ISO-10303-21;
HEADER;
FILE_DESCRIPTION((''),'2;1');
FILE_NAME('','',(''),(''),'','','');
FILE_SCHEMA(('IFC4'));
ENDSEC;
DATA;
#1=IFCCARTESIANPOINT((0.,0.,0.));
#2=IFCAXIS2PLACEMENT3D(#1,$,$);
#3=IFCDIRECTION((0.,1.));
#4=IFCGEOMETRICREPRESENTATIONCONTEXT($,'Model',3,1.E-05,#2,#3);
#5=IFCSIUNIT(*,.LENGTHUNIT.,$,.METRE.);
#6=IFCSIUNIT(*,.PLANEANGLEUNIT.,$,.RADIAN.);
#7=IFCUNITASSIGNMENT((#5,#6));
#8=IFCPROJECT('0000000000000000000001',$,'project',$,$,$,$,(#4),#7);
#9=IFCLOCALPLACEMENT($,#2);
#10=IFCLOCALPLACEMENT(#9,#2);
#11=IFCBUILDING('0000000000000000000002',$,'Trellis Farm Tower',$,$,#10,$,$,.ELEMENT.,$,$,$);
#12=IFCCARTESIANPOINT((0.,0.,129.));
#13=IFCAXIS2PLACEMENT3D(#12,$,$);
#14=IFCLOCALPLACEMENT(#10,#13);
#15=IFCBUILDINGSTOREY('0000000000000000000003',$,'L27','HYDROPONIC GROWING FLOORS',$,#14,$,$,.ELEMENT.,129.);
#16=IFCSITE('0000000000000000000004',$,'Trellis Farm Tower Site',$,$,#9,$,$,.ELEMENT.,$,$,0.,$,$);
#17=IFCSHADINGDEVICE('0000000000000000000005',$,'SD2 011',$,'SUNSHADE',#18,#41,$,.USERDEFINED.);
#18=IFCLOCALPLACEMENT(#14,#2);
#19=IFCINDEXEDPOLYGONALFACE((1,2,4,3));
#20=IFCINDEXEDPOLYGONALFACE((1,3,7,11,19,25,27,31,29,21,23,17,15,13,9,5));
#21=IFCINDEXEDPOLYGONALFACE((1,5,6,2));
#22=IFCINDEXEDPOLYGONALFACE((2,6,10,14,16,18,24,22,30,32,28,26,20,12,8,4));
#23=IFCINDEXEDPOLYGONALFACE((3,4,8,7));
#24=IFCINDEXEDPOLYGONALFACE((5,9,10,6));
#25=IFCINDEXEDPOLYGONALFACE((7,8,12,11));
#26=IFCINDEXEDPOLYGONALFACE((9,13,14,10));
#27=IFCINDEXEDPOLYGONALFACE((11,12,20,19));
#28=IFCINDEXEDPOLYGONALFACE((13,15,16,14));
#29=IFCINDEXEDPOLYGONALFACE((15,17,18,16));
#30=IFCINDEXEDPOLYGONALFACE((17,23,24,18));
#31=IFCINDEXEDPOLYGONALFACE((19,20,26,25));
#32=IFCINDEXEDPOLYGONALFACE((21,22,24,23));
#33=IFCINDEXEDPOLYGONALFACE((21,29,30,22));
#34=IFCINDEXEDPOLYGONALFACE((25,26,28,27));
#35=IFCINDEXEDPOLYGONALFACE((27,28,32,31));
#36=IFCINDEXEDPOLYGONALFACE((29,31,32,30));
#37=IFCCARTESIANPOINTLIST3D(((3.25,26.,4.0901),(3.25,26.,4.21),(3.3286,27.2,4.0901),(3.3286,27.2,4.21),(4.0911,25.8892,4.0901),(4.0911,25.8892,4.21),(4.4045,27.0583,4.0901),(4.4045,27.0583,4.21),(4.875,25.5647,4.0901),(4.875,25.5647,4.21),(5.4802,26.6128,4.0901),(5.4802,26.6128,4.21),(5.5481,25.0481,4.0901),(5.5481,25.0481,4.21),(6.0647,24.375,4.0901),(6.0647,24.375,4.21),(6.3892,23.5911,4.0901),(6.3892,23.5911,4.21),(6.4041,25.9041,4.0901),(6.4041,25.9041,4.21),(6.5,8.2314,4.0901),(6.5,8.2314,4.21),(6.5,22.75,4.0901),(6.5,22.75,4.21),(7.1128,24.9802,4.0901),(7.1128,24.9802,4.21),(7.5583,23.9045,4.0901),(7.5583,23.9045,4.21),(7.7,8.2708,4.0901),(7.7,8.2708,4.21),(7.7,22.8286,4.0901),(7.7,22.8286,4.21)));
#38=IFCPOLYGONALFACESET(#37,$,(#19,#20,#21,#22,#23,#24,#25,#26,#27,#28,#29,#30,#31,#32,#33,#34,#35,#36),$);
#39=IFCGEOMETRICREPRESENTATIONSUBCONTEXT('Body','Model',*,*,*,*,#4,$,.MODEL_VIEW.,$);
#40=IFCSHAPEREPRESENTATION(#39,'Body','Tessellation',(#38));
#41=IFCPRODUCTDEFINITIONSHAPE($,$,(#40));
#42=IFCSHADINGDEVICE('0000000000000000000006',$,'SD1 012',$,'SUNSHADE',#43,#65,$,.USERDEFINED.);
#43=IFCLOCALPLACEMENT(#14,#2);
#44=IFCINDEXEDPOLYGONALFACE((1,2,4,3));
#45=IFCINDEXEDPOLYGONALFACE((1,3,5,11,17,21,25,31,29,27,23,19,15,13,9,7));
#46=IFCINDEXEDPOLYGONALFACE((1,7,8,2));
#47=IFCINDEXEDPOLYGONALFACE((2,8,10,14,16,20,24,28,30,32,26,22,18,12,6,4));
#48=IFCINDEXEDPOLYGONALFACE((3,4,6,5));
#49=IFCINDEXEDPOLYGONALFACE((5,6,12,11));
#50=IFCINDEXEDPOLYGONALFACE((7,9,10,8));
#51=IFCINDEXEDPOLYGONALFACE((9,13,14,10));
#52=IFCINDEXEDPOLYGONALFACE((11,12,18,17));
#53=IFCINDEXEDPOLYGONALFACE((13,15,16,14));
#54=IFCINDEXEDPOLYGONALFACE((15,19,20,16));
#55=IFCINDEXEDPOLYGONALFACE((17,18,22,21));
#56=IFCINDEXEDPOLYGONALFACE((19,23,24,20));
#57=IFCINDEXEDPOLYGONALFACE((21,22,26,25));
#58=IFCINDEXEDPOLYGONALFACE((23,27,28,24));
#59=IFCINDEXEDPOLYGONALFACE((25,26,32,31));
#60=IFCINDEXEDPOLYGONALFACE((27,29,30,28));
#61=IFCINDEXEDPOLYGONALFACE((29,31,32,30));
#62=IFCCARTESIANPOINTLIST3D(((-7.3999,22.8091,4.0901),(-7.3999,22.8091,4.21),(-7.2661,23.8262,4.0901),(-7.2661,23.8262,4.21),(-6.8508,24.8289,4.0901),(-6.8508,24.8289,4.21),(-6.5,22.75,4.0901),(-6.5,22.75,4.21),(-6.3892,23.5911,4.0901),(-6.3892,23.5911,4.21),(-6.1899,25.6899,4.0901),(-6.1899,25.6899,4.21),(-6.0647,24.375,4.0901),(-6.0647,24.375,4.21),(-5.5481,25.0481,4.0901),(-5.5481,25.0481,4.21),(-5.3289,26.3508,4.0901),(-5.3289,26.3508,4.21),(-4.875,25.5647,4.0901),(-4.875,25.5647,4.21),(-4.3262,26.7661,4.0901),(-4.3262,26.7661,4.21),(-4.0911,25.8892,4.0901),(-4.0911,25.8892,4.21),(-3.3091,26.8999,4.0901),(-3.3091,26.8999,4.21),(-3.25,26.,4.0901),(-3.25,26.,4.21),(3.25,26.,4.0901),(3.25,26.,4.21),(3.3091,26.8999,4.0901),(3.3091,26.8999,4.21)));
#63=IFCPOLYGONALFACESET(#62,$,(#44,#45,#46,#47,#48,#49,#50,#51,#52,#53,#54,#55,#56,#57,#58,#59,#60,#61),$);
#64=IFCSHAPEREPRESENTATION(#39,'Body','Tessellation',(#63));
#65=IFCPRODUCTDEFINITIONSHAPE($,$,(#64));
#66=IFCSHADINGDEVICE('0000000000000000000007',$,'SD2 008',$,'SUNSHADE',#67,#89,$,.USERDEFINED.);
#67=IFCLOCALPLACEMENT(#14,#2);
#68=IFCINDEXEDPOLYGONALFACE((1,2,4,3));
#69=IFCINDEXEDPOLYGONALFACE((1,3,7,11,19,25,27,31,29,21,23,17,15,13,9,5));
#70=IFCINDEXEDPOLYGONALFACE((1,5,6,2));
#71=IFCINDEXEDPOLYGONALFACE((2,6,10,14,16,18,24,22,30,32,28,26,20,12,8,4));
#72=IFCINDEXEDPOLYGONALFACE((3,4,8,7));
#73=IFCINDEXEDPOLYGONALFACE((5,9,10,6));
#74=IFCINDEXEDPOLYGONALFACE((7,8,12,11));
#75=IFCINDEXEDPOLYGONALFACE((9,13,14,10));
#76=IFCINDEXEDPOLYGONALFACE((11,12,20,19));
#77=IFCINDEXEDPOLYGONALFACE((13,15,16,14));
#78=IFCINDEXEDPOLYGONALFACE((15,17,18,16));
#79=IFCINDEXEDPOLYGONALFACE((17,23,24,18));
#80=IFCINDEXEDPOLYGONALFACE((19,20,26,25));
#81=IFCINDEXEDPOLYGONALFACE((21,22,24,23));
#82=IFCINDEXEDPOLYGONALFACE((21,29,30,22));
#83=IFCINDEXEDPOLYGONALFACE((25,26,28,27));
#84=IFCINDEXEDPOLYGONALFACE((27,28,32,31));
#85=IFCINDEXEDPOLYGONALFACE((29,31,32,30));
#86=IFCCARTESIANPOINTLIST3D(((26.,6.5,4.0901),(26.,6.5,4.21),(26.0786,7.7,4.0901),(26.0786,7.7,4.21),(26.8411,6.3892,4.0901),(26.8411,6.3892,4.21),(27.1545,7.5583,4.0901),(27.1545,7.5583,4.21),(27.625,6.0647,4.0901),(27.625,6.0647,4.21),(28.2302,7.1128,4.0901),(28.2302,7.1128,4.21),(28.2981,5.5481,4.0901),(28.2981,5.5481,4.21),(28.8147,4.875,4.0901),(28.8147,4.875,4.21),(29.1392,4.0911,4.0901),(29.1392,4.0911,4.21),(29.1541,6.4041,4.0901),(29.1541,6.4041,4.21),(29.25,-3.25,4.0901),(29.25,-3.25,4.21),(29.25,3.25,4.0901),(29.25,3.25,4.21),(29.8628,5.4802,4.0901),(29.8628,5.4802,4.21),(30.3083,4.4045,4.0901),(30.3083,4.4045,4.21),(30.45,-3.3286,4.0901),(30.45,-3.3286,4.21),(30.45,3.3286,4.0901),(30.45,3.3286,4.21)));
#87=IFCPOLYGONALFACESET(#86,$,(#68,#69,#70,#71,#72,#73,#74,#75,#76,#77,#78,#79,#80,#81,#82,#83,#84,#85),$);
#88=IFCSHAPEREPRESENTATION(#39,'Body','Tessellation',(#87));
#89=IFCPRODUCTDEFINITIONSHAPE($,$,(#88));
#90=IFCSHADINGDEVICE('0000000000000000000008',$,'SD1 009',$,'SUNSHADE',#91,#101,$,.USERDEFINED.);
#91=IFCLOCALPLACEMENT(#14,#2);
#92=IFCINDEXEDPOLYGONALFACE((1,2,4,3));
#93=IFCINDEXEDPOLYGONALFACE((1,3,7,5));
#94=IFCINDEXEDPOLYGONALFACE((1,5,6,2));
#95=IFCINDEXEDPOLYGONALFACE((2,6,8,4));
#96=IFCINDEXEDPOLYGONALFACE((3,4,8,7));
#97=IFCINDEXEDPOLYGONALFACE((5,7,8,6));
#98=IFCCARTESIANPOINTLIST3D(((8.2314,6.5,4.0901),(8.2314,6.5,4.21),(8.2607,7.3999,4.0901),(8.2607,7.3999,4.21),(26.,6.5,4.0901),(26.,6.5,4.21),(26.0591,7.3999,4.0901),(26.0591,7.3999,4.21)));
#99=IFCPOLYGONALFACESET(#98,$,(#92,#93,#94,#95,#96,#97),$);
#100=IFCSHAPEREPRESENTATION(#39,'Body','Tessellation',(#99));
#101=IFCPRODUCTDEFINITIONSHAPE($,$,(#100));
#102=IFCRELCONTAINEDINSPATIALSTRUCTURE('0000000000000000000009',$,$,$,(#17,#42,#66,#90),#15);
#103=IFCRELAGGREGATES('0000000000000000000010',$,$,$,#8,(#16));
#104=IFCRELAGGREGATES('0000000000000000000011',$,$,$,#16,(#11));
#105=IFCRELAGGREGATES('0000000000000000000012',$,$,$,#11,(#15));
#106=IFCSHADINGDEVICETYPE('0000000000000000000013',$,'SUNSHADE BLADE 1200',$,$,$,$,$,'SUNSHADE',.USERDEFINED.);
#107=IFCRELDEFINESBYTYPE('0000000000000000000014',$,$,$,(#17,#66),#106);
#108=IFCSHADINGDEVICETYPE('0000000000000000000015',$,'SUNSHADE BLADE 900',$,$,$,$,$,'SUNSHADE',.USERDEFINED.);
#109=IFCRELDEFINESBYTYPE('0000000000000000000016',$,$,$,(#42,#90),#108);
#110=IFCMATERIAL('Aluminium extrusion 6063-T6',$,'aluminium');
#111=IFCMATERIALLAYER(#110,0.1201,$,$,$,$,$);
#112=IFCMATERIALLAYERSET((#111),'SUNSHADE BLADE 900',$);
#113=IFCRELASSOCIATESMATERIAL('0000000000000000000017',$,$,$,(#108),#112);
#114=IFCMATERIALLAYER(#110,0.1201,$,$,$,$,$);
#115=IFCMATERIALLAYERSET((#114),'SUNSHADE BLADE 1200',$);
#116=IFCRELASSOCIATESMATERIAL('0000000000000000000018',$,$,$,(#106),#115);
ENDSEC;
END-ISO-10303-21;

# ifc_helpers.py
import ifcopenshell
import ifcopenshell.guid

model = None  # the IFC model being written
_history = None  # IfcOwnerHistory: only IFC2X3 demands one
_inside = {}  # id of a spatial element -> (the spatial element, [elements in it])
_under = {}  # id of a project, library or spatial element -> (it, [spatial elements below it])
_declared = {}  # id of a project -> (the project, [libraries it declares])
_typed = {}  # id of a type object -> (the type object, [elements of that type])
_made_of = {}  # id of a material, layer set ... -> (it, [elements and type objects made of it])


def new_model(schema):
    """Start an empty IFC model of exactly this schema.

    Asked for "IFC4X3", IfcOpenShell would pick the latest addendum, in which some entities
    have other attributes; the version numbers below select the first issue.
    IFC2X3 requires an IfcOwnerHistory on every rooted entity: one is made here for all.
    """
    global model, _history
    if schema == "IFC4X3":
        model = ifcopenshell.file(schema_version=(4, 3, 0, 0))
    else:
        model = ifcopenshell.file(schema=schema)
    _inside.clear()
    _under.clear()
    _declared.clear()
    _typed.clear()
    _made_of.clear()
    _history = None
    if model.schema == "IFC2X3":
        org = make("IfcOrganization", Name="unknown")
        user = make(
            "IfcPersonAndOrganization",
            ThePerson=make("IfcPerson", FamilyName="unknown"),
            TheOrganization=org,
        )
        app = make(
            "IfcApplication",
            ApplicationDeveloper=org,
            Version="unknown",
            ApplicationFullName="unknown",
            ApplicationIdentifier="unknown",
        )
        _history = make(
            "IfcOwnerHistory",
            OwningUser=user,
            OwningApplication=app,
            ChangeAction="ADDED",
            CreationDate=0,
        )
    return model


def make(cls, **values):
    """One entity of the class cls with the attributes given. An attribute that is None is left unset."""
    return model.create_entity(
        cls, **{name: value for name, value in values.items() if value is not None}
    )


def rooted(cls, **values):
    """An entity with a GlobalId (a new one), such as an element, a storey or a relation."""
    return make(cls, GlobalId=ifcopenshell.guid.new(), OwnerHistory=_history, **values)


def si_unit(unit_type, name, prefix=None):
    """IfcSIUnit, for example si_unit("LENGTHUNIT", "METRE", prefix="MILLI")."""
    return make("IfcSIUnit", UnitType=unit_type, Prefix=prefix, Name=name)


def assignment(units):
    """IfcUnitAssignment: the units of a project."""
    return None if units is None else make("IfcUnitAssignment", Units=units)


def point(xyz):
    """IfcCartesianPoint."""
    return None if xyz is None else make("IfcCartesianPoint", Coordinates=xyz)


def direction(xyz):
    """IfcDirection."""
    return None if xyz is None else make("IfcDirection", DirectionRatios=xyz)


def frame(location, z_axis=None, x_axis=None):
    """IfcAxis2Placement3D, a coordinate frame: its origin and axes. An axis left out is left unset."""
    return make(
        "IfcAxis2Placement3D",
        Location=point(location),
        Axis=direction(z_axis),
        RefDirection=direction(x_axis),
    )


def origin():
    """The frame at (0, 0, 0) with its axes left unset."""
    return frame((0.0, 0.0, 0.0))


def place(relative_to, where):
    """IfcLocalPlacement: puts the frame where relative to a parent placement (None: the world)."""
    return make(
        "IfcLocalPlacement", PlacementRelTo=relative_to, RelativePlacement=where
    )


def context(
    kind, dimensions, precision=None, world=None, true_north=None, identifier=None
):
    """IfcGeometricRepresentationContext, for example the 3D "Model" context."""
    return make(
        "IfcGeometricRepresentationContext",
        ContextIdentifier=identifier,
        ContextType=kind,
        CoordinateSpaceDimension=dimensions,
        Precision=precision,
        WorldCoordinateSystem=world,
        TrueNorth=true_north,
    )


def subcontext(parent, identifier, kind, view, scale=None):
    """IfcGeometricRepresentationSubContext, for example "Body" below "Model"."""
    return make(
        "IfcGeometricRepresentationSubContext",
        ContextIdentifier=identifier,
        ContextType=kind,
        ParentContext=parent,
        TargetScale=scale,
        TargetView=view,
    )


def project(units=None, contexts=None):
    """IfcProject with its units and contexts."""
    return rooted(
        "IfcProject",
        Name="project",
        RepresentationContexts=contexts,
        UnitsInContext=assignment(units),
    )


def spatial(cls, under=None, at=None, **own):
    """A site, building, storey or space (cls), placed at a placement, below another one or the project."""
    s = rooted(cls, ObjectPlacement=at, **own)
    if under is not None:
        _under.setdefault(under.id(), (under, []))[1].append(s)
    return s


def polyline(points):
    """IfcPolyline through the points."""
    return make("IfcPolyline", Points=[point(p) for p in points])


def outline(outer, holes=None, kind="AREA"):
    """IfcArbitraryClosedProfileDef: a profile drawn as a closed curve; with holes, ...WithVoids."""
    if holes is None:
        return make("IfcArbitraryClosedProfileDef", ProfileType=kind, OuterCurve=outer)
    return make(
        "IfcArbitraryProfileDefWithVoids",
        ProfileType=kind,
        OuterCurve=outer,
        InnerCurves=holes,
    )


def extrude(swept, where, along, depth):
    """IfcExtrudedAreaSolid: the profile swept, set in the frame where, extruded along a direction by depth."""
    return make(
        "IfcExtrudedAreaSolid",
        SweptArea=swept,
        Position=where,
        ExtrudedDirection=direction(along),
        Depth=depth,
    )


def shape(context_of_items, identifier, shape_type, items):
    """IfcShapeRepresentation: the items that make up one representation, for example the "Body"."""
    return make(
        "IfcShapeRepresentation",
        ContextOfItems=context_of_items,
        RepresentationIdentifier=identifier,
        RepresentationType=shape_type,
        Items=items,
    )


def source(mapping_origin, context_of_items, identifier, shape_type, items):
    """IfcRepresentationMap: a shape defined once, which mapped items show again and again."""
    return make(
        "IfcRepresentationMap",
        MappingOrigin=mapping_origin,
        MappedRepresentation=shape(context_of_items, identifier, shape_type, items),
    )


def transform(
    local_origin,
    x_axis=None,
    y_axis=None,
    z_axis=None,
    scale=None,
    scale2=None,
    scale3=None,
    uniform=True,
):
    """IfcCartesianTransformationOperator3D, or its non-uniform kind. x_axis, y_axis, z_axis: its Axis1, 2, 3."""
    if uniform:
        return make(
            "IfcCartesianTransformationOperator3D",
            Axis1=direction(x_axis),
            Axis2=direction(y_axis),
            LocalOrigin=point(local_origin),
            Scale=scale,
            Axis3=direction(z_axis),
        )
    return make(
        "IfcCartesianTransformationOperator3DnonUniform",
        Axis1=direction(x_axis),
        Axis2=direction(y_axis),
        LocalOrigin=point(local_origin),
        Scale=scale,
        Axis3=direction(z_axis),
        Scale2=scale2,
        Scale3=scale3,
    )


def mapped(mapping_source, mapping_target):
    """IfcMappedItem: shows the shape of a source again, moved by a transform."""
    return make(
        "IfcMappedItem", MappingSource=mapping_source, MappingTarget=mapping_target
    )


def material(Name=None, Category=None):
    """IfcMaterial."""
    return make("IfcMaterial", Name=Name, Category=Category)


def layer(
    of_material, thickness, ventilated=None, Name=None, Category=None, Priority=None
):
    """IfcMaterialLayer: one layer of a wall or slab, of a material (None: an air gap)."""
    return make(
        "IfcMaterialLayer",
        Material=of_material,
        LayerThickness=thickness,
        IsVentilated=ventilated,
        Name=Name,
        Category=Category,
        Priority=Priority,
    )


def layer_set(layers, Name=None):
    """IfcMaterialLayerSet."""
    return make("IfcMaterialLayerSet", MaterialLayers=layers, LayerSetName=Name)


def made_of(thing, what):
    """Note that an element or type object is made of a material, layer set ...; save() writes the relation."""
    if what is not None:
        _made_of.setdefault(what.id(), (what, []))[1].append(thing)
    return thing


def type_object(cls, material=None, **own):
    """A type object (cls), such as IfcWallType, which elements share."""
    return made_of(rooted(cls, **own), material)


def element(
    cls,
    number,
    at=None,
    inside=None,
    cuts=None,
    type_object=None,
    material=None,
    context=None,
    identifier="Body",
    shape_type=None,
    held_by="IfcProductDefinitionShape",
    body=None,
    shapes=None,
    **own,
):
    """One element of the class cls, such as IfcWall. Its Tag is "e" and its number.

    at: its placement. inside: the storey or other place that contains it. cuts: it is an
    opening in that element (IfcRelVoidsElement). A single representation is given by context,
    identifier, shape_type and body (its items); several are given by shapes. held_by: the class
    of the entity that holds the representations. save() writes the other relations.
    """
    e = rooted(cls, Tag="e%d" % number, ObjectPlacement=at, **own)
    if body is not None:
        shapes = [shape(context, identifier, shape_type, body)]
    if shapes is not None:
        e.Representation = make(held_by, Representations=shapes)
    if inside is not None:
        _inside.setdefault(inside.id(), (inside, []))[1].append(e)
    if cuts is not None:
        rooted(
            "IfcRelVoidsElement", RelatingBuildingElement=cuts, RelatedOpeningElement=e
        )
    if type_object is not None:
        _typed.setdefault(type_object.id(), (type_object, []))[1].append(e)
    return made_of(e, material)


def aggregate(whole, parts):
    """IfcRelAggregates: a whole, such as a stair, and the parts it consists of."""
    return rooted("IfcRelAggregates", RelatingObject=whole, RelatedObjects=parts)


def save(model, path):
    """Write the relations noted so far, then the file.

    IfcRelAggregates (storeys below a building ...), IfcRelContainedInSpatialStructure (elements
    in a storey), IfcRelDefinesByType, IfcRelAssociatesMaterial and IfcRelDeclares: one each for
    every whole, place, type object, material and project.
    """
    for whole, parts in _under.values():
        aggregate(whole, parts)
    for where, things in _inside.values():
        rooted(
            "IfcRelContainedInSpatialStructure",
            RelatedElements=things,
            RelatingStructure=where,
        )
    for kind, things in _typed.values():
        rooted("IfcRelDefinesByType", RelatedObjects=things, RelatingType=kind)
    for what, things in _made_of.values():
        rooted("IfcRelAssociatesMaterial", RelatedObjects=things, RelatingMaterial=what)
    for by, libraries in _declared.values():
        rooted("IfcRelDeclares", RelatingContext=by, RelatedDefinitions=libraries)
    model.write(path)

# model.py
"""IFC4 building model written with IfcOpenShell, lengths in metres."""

from ifc_helpers import new_model, si_unit, direction, frame, origin, place, context, subcontext, project, spatial, polyline, outline, extrude, source, transform, mapped, material, layer, layer_set, type_object, element, save


model = new_model("IFC4")

# Units and contexts
model_context = context("Model", 3, precision=1e-05, world=origin(), true_north=direction((0.0, 1.0)))
body_context = subcontext(model_context, "Body", "Model", "MODEL_VIEW")
ifc_project = project(units=[si_unit("LENGTHUNIT", "METRE"), si_unit("PLANEANGLEUNIT", "RADIAN")], contexts=[model_context])

# Site, building, storey
site_placement = place(None, origin())
site = spatial("IfcSite", under=ifc_project, at=site_placement, Name="Trellis Farm Tower Site", CompositionType="ELEMENT", RefElevation=0.0)
building_placement = place(site_placement, origin())
building = spatial("IfcBuilding", under=site, at=building_placement, Name="Trellis Farm Tower", CompositionType="ELEMENT")
storey_placement = place(building_placement, frame((0.0, 0.0, 129.0)))
storey = spatial("IfcBuildingStorey", under=building, at=storey_placement, Name="L27", Description="HYDROPONIC GROWING FLOORS", CompositionType="ELEMENT", Elevation=129.0)

# Shared definitions
ifc_material_1 = material(Name="Aluminium extrusion 6063-T6", Category="aluminium")

# Shading devices
ifc_layer_1 = layer(ifc_material_1, 0.1201)
ifc_layer_set_1 = layer_set([ifc_layer_1], Name="SUNSHADE BLADE 900")
shading_device_type_1 = type_object("IfcShadingDeviceType", Name="SUNSHADE BLADE 900", ElementType="SUNSHADE", PredefinedType="USERDEFINED", material=ifc_layer_set_1)
placement_1 = place(storey_placement, frame((0.0, 0.0, 4.0901)))
ifc_layer_2 = layer(ifc_material_1, 0.1201)
ifc_layer_set_2 = layer_set([ifc_layer_2], Name="SUNSHADE BLADE 1200")
shading_device_type_2 = type_object("IfcShadingDeviceType", Name="SUNSHADE BLADE 1200", ElementType="SUNSHADE", PredefinedType="USERDEFINED", material=ifc_layer_set_2)
shared_shape_1 = source(origin(), body_context, "Body", "SweptSolid", [
    extrude(outline(polyline([(7.7, 8.2708), (7.7, 22.8286), (7.5583, 23.9045), (7.1128, 24.9802), (6.4041, 25.9041), (5.4802, 26.6128), (4.4045, 27.0583), (3.3286, 27.2), (3.25, 26.0), (4.0911, 25.8892), (4.875, 25.5647), (5.5481, 25.0481), (6.0647, 24.375), (6.3892, 23.5911), (6.5, 22.75), (6.5, 8.2314), (7.7, 8.2708)])), origin(), (0.0, 0.0, 1.0), 0.1199),
])
element("IfcShadingDevice", 1, at=placement_1, inside=storey, type_object=shading_device_type_2, Name="SD2 011", ObjectType="SUNSHADE", PredefinedType="USERDEFINED", context=body_context, shape_type="MappedRepresentation", body=[
    mapped(shared_shape_1, transform((0.0, 0.0, 0.0))),
])
shared_shape_2 = source(origin(), body_context, "Body", "SweptSolid", [
    extrude(outline(polyline([(3.3091, 26.8999), (-3.3091, 26.8999), (-4.3262, 26.7661), (-5.3289, 26.3508), (-6.1899, 25.6899), (-6.8508, 24.8289), (-7.2661, 23.8262), (-7.3999, 22.8091), (-6.5, 22.75), (-6.3892, 23.5911), (-6.0647, 24.375), (-5.5481, 25.0481), (-4.875, 25.5647), (-4.0911, 25.8892), (-3.25, 26.0), (3.25, 26.0), (3.3091, 26.8999)])), origin(), (0.0, 0.0, 1.0), 0.1199),
])
element("IfcShadingDevice", 2, at=placement_1, inside=storey, type_object=shading_device_type_1, Name="SD1 012", ObjectType="SUNSHADE", PredefinedType="USERDEFINED", context=body_context, shape_type="MappedRepresentation", body=[
    mapped(shared_shape_2, transform((0.0, 0.0, 0.0))),
])
shared_shape_3 = source(origin(), body_context, "Body", "SweptSolid", [
    extrude(outline(polyline([(30.45, -3.3286), (30.45, 3.3286), (30.3083, 4.4045), (29.8628, 5.4802), (29.1541, 6.4041), (28.2302, 7.1128), (27.1545, 7.5583), (26.0786, 7.7), (26.0, 6.5), (26.8411, 6.3892), (27.625, 6.0647), (28.2981, 5.5481), (28.8147, 4.875), (29.1392, 4.0911), (29.25, 3.25), (29.25, -3.25), (30.45, -3.3286)])), origin(), (0.0, 0.0, 1.0), 0.1199),
])
element("IfcShadingDevice", 3, at=placement_1, inside=storey, type_object=shading_device_type_2, Name="SD2 008", ObjectType="SUNSHADE", PredefinedType="USERDEFINED", context=body_context, shape_type="MappedRepresentation", body=[
    mapped(shared_shape_3, transform((0.0, 0.0, 0.0))),
])
shared_shape_4 = source(origin(), body_context, "Body", "SweptSolid", [
    extrude(outline(polyline([(26.0591, 7.3999), (8.2607, 7.3999), (8.2314, 6.5), (26.0, 6.5), (26.0591, 7.3999)])), origin(), (0.0, 0.0, 1.0), 0.1199),
])
element("IfcShadingDevice", 4, at=placement_1, inside=storey, type_object=shading_device_type_1, Name="SD1 009", ObjectType="SUNSHADE", PredefinedType="USERDEFINED", context=body_context, shape_type="MappedRepresentation", body=[
    mapped(shared_shape_4, transform((0.0, 0.0, 0.0))),
])

save(model, "model.ifc")
